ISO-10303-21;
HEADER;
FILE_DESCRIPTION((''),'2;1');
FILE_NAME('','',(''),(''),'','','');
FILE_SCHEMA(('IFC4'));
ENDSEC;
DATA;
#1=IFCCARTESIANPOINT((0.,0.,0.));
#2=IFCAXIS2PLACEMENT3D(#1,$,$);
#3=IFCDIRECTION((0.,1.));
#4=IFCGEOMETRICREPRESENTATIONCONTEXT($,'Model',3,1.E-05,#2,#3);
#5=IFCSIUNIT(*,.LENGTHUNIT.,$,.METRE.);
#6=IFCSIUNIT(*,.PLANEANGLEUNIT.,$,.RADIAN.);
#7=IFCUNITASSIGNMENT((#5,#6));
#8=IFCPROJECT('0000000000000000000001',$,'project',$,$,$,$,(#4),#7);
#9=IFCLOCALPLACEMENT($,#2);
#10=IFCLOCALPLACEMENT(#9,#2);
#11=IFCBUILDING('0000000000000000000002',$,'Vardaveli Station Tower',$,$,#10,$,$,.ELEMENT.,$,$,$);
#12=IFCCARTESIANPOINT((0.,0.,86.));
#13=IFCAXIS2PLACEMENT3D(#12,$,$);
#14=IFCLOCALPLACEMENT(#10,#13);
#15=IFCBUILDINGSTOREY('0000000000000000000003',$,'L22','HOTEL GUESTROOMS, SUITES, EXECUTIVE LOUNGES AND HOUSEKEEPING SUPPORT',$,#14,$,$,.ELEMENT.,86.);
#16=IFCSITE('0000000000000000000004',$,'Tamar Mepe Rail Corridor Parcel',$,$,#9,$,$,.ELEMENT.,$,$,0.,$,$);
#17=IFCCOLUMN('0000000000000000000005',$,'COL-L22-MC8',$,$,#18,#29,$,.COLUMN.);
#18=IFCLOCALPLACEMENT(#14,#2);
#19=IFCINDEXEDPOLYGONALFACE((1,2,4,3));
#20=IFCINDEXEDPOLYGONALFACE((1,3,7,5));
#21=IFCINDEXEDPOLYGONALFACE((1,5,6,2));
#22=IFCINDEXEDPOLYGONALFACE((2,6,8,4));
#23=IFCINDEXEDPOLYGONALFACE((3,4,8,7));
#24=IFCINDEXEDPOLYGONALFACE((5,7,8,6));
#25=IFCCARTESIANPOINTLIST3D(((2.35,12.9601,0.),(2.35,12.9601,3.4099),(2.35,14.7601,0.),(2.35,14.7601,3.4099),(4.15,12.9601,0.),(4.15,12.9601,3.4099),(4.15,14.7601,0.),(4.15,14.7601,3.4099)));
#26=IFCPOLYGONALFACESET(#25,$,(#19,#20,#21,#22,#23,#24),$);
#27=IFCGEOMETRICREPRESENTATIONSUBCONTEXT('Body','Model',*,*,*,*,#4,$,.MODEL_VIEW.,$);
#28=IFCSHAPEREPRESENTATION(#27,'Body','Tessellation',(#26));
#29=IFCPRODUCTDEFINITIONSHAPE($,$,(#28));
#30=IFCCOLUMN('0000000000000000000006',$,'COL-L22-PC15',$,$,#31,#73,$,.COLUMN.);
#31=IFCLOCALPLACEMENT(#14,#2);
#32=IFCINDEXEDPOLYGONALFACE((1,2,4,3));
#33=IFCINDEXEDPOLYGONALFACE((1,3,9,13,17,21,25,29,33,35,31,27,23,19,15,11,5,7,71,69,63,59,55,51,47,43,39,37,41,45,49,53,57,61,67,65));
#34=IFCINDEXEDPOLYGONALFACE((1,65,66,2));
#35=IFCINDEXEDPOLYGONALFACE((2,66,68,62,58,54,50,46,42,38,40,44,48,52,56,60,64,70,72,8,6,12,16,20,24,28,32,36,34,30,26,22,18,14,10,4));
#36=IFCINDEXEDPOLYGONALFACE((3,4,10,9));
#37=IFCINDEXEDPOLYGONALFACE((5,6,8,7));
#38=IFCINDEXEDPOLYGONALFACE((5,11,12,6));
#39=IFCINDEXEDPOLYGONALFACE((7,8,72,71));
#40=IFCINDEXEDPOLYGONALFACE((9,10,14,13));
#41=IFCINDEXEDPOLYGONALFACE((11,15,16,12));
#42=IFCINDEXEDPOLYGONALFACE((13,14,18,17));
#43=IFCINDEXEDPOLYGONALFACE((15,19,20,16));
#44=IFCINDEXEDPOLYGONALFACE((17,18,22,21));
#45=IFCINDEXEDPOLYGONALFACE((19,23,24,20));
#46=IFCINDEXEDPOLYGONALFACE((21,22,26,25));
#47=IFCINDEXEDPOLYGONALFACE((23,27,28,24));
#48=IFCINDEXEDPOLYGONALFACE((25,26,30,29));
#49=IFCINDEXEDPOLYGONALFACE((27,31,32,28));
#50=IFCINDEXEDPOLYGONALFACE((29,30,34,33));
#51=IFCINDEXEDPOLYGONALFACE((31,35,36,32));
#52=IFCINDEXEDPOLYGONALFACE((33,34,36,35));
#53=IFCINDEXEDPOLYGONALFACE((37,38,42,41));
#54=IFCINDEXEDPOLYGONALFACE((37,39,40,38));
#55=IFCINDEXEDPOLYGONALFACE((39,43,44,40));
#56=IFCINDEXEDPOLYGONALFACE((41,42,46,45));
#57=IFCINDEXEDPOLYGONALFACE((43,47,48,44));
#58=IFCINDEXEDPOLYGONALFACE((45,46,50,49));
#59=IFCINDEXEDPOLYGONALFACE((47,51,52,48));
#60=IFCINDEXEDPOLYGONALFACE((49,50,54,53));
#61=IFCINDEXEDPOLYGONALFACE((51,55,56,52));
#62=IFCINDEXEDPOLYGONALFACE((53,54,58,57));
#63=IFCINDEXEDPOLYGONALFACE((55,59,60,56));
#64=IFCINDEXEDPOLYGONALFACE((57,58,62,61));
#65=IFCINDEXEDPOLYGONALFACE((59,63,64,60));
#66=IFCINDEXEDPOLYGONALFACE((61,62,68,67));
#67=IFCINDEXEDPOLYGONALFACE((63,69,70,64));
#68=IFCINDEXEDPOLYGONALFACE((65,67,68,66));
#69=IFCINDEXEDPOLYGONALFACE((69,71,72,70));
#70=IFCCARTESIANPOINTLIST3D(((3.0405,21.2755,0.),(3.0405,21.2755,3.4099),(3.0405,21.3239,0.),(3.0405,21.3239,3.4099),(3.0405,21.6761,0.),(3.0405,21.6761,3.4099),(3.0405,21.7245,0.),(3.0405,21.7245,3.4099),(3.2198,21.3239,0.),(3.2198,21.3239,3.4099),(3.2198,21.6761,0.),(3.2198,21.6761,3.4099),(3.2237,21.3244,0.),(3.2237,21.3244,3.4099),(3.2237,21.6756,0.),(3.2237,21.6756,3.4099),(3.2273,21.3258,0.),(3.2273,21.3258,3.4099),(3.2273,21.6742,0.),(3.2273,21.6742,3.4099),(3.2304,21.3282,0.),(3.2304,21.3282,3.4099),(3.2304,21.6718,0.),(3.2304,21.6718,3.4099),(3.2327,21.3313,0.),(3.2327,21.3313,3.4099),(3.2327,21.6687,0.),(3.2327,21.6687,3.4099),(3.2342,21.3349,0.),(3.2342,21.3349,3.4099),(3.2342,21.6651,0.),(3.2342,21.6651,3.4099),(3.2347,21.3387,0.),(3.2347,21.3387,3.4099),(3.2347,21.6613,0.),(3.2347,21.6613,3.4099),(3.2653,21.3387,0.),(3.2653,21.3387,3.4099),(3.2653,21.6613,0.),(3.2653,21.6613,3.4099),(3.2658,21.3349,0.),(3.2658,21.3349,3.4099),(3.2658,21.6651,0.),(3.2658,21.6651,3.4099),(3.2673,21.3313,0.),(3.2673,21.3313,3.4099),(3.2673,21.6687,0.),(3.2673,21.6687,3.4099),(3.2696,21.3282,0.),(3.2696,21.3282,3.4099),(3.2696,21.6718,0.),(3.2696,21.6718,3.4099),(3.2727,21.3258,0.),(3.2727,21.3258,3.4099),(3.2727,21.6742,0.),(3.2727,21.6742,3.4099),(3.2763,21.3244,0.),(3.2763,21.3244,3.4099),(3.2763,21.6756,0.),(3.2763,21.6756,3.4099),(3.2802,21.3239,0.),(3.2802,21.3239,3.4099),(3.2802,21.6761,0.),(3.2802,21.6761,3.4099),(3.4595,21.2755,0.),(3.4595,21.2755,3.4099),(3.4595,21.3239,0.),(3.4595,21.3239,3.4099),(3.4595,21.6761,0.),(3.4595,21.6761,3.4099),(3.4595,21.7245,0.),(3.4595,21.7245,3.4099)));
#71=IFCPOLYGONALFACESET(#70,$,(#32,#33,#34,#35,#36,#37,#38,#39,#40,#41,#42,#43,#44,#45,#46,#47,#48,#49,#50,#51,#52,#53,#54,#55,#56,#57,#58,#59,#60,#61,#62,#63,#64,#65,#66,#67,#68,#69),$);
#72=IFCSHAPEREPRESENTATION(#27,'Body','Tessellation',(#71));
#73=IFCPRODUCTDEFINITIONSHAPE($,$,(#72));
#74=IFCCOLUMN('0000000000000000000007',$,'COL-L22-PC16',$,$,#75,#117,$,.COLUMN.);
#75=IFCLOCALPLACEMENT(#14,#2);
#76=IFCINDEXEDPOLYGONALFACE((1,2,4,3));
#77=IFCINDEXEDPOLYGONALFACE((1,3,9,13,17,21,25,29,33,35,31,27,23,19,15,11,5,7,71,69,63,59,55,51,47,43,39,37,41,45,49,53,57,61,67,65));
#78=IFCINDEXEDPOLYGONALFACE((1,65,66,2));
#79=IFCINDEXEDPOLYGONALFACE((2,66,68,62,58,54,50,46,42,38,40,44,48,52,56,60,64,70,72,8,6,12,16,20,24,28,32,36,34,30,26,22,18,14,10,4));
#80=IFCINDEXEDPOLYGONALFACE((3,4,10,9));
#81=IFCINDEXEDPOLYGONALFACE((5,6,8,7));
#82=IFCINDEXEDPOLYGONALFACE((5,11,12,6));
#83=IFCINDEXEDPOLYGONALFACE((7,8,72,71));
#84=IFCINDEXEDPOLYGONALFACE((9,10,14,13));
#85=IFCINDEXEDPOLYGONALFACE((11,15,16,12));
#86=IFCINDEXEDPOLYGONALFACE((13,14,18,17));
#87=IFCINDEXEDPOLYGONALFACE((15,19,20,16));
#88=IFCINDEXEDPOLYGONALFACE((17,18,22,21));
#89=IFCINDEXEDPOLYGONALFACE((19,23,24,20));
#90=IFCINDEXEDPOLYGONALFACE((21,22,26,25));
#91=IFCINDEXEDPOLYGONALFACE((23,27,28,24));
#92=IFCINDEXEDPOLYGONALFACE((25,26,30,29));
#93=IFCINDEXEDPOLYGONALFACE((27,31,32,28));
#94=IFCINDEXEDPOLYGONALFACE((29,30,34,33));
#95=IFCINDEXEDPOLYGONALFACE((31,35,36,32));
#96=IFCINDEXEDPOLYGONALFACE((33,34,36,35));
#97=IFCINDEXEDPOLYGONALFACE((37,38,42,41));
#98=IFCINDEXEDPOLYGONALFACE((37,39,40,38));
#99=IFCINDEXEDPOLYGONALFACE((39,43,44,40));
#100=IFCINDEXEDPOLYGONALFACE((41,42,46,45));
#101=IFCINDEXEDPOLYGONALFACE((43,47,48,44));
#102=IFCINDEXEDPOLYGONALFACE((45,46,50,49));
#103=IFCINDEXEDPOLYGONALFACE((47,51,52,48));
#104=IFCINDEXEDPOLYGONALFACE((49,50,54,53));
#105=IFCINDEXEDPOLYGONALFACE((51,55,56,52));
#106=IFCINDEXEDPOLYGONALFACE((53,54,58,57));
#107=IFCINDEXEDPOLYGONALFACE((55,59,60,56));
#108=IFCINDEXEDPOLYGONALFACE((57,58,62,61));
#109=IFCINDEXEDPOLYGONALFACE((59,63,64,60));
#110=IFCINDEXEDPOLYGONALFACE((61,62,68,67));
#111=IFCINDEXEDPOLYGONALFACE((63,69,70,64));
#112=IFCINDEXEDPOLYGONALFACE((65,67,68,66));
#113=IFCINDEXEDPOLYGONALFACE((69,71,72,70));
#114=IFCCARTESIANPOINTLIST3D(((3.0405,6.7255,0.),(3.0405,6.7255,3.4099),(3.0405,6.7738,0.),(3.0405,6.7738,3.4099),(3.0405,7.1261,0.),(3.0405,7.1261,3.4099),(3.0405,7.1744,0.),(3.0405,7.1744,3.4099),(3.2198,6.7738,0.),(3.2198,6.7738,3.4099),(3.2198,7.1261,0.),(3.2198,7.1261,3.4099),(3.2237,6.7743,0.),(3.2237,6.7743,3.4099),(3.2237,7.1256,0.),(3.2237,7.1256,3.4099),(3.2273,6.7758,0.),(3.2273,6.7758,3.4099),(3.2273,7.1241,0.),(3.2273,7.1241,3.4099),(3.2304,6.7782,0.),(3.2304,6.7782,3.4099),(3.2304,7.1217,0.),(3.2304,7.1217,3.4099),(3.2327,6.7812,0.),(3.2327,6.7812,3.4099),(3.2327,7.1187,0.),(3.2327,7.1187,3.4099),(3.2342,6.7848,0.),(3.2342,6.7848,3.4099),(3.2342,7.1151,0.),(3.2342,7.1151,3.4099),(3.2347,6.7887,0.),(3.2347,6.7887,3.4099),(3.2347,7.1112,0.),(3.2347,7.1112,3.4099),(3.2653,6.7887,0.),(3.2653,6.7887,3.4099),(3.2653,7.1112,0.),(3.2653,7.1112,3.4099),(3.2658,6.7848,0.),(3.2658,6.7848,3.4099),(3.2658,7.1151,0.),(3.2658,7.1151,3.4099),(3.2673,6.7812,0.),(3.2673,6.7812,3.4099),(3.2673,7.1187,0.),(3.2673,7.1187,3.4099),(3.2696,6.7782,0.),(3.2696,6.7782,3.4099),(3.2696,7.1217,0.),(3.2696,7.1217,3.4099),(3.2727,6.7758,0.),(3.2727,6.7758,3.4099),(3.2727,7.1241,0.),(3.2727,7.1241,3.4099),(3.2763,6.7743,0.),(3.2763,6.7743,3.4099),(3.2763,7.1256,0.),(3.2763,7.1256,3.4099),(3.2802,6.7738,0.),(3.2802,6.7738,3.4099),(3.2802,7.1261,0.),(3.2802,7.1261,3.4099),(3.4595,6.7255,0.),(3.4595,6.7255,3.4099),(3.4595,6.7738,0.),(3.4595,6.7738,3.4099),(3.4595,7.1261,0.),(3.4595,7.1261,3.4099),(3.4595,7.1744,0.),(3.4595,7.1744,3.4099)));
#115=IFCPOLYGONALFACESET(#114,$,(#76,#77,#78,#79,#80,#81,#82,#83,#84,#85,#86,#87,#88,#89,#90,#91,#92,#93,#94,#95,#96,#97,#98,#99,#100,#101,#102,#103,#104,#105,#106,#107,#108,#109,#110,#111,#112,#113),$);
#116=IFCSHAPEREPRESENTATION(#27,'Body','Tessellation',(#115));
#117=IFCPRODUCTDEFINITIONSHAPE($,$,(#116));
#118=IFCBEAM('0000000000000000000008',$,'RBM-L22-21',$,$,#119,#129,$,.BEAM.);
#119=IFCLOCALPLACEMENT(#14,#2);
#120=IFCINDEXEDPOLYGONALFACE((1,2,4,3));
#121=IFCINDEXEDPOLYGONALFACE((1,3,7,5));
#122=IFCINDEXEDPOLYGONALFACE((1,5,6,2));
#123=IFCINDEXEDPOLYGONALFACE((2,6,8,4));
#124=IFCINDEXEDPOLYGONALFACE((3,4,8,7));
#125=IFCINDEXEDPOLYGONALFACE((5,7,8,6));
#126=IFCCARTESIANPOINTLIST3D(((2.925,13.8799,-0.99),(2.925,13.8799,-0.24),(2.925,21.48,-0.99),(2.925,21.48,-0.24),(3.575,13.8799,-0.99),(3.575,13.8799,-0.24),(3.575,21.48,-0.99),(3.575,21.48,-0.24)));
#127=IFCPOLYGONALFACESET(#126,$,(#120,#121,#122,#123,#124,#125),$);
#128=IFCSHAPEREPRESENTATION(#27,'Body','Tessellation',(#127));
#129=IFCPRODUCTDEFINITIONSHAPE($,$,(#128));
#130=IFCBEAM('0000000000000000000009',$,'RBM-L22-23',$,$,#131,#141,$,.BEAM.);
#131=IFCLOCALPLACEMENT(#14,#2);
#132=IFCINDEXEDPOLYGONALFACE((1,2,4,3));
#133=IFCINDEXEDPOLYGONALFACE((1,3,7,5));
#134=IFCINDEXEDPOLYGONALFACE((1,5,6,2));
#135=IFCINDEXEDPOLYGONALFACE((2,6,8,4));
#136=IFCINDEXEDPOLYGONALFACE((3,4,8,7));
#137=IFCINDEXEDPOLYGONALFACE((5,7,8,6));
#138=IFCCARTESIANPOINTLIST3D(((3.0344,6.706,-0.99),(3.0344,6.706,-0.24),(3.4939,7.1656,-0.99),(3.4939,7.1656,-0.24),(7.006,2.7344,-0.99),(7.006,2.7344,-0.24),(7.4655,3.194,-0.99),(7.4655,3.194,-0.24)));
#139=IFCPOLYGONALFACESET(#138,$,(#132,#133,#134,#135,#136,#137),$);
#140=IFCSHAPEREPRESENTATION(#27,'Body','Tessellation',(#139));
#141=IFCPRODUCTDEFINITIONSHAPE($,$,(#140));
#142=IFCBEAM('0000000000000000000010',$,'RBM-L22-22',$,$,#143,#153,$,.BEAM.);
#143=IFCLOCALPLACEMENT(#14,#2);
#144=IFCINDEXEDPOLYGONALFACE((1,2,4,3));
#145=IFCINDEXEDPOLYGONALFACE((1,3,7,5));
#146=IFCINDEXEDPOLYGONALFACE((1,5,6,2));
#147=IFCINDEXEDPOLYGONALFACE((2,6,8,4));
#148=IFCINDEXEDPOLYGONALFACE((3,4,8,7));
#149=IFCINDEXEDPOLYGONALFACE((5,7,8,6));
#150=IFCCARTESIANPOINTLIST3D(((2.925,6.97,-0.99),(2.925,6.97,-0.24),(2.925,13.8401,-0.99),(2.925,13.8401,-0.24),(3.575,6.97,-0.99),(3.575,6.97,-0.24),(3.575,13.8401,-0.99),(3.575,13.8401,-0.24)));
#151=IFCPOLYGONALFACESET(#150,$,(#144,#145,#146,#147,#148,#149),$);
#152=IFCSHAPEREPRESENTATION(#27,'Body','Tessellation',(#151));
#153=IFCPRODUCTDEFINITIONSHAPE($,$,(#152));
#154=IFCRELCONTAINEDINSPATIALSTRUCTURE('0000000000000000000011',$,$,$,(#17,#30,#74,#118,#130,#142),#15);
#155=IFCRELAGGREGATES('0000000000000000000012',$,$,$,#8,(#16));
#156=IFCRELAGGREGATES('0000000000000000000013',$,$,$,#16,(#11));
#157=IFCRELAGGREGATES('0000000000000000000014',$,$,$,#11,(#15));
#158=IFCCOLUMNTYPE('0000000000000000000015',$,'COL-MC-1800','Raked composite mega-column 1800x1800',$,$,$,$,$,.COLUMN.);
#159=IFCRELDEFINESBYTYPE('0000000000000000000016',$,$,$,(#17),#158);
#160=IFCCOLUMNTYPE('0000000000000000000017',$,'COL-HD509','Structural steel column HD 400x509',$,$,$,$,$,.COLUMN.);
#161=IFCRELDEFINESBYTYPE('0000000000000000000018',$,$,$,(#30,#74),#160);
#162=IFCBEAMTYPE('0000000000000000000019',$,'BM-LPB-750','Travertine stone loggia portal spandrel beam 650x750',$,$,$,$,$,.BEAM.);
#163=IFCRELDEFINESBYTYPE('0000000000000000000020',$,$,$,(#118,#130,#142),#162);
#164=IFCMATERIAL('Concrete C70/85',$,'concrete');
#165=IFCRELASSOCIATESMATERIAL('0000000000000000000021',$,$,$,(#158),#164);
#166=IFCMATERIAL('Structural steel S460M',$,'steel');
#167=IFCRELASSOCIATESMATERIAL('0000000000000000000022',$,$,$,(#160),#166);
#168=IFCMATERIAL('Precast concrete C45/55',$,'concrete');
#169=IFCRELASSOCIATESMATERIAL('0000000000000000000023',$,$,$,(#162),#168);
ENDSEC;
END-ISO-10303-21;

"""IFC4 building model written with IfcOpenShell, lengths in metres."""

from ifc_helpers import new_model, si_unit, direction, frame, origin, origin_2d, place, context, subcontext, project, spatial, rectangle, i_section, extrude, source, transform, mapped, material, material_profile, profile_set, type_object, element, save


model = new_model("IFC4")

# Units and contexts
model_context = context("Model", 3, precision=1e-05, world=origin(), true_north=direction((0.0, 1.0)))
body_context = subcontext(model_context, "Body", "Model", "MODEL_VIEW")
ifc_project = project(units=[si_unit("LENGTHUNIT", "METRE"), si_unit("PLANEANGLEUNIT", "RADIAN")], contexts=[model_context])

# Site, building, storey
site_placement = place(None, origin())
site = spatial("IfcSite", under=ifc_project, at=site_placement, Name="Tamar Mepe Rail Corridor Parcel", CompositionType="ELEMENT", RefElevation=0.0)
building_placement = place(site_placement, origin())
building = spatial("IfcBuilding", under=site, at=building_placement, Name="Vardaveli Station Tower", CompositionType="ELEMENT")
storey_placement = place(building_placement, frame((0.0, 0.0, 86.0)))
storey = spatial("IfcBuildingStorey", under=building, at=storey_placement, Name="L22", Description="HOTEL GUESTROOMS, SUITES, EXECUTIVE LOUNGES AND HOUSEKEEPING SUPPORT", CompositionType="ELEMENT", Elevation=86.0)

# Columns
ifc_material_1 = material(Name="Concrete C70/85", Category="concrete")
ifc_material_profile_1 = material_profile(ifc_material_1, rectangle(XDim=1.8, YDim=1.8, at=origin_2d()), Name="MC 1800x1800")
ifc_profile_set_1 = profile_set([ifc_material_profile_1], Name="Concrete C70/85")
column_type_1 = type_object("IfcColumnType", Name="COL-MC-1800", Description="Raked composite mega-column 1800x1800", PredefinedType="COLUMN", material=ifc_profile_set_1)
shared_shape_1 = source(origin(), body_context, "Body", "SweptSolid", [
    extrude(rectangle(XDim=1.8, YDim=1.8, at=origin_2d()), origin(), (0.0, 0.0, 1.0), 3.4099),
])
column_placement = place(storey_placement, frame((3.25, 13.8601, 0.0), z_axis=(0.0, 0.0, 1.0), x_axis=(1.0, 0.0, 0.0)))
element("IfcColumn", 1, at=column_placement, inside=storey, type_object=column_type_1, Name="COL-L22-MC8", PredefinedType="COLUMN", context=body_context, shape_type="MappedRepresentation", body=[
    mapped(shared_shape_1, transform((0.0, 0.0, 0.0), scale=1.0)),
])
ifc_material_2 = material(Name="Structural steel S460M", Category="steel")
ifc_material_profile_2 = material_profile(ifc_material_2, i_section(OverallWidth=0.4189, OverallDepth=0.449, WebThickness=0.0305, FlangeThickness=0.0483, FilletRadius=0.0149, at=origin_2d()), Name="HD 400x509")
ifc_profile_set_2 = profile_set([ifc_material_profile_2], Name="Structural steel S460M")
column_type_2 = type_object("IfcColumnType", Name="COL-HD509", Description="Structural steel column HD 400x509", PredefinedType="COLUMN", material=ifc_profile_set_2)
shared_shape_2 = source(origin(), body_context, "Body", "SweptSolid", [
    extrude(i_section(OverallWidth=0.4189, OverallDepth=0.449, WebThickness=0.0305, FlangeThickness=0.0483, FilletRadius=0.0149, at=origin_2d()), origin(), (0.0, 0.0, 1.0), 3.4099),
])
for number, where, z_axis, x_axis, name in (
    (2, (3.25, 21.5, 0.0), (0.0, 0.0, 1.0), (1.0, 0.0, 0.0), "COL-L22-PC15"),
    (3, (3.25, 6.95, 0.0), (0.0, 0.0, 1.0), (1.0, 0.0, 0.0), "COL-L22-PC16"),
):
    element("IfcColumn", number, at=place(storey_placement, frame(where, z_axis=z_axis, x_axis=x_axis)), inside=storey, type_object=column_type_2, Name=name, PredefinedType="COLUMN", context=body_context, shape_type="MappedRepresentation", body=[
        mapped(shared_shape_2, transform((0.0, 0.0, 0.0), scale=1.0)),
    ])

# Beams
ifc_material_3 = material(Name="Precast concrete C45/55", Category="concrete")
ifc_material_profile_3 = material_profile(ifc_material_3, rectangle(XDim=0.6499, YDim=0.75, at=origin_2d()), Name="LPB 650x750")
ifc_profile_set_3 = profile_set([ifc_material_profile_3], Name="Precast concrete C45/55")
beam_type_1 = type_object("IfcBeamType", Name="BM-LPB-750", Description="Travertine stone loggia portal spandrel beam 650x750", PredefinedType="BEAM", material=ifc_profile_set_3)
shared_shape_3 = source(origin(), body_context, "Body", "SweptSolid", [
    extrude(rectangle(XDim=0.6499, YDim=0.75, at=origin_2d()), origin(), (0.0, 0.0, 1.0), 7.6001),
])
beam_1_placement = place(storey_placement, frame((3.25, 21.48, -0.615), z_axis=(0.0, -1.0, 0.0), x_axis=(1.0, 0.0, 0.0)))
element("IfcBeam", 4, at=beam_1_placement, inside=storey, type_object=beam_type_1, Name="RBM-L22-21", PredefinedType="BEAM", context=body_context, shape_type="MappedRepresentation", body=[
    mapped(shared_shape_3, transform((0.0, 0.0, 0.0), scale=1.0)),
])
shared_shape_4 = source(origin(), body_context, "Body", "SweptSolid", [
    extrude(rectangle(XDim=0.6499, YDim=0.75, at=origin_2d()), origin(), (0.0, 0.0, 1.0), 5.6167),
])
beam_2_placement = place(storey_placement, frame((3.2642, 6.9358, -0.615), z_axis=(0.707107, -0.707107, 0.0), x_axis=(0.707107, 0.707107, 0.0)))
element("IfcBeam", 5, at=beam_2_placement, inside=storey, type_object=beam_type_1, Name="RBM-L22-23", PredefinedType="BEAM", context=body_context, shape_type="MappedRepresentation", body=[
    mapped(shared_shape_4, transform((0.0, 0.0, 0.0), scale=1.0)),
])
shared_shape_5 = source(origin(), body_context, "Body", "SweptSolid", [
    extrude(rectangle(XDim=0.6499, YDim=0.75, at=origin_2d()), origin(), (0.0, 0.0, 1.0), 6.8701),
])
beam_3_placement = place(storey_placement, frame((3.25, 13.8401, -0.615), z_axis=(0.0, -1.0, 0.0), x_axis=(1.0, 0.0, 0.0)))
element("IfcBeam", 6, at=beam_3_placement, inside=storey, type_object=beam_type_1, Name="RBM-L22-22", PredefinedType="BEAM", context=body_context, shape_type="MappedRepresentation", body=[
    mapped(shared_shape_5, transform((0.0, 0.0, 0.0), scale=1.0)),
])

save(model, "model.ifc")
